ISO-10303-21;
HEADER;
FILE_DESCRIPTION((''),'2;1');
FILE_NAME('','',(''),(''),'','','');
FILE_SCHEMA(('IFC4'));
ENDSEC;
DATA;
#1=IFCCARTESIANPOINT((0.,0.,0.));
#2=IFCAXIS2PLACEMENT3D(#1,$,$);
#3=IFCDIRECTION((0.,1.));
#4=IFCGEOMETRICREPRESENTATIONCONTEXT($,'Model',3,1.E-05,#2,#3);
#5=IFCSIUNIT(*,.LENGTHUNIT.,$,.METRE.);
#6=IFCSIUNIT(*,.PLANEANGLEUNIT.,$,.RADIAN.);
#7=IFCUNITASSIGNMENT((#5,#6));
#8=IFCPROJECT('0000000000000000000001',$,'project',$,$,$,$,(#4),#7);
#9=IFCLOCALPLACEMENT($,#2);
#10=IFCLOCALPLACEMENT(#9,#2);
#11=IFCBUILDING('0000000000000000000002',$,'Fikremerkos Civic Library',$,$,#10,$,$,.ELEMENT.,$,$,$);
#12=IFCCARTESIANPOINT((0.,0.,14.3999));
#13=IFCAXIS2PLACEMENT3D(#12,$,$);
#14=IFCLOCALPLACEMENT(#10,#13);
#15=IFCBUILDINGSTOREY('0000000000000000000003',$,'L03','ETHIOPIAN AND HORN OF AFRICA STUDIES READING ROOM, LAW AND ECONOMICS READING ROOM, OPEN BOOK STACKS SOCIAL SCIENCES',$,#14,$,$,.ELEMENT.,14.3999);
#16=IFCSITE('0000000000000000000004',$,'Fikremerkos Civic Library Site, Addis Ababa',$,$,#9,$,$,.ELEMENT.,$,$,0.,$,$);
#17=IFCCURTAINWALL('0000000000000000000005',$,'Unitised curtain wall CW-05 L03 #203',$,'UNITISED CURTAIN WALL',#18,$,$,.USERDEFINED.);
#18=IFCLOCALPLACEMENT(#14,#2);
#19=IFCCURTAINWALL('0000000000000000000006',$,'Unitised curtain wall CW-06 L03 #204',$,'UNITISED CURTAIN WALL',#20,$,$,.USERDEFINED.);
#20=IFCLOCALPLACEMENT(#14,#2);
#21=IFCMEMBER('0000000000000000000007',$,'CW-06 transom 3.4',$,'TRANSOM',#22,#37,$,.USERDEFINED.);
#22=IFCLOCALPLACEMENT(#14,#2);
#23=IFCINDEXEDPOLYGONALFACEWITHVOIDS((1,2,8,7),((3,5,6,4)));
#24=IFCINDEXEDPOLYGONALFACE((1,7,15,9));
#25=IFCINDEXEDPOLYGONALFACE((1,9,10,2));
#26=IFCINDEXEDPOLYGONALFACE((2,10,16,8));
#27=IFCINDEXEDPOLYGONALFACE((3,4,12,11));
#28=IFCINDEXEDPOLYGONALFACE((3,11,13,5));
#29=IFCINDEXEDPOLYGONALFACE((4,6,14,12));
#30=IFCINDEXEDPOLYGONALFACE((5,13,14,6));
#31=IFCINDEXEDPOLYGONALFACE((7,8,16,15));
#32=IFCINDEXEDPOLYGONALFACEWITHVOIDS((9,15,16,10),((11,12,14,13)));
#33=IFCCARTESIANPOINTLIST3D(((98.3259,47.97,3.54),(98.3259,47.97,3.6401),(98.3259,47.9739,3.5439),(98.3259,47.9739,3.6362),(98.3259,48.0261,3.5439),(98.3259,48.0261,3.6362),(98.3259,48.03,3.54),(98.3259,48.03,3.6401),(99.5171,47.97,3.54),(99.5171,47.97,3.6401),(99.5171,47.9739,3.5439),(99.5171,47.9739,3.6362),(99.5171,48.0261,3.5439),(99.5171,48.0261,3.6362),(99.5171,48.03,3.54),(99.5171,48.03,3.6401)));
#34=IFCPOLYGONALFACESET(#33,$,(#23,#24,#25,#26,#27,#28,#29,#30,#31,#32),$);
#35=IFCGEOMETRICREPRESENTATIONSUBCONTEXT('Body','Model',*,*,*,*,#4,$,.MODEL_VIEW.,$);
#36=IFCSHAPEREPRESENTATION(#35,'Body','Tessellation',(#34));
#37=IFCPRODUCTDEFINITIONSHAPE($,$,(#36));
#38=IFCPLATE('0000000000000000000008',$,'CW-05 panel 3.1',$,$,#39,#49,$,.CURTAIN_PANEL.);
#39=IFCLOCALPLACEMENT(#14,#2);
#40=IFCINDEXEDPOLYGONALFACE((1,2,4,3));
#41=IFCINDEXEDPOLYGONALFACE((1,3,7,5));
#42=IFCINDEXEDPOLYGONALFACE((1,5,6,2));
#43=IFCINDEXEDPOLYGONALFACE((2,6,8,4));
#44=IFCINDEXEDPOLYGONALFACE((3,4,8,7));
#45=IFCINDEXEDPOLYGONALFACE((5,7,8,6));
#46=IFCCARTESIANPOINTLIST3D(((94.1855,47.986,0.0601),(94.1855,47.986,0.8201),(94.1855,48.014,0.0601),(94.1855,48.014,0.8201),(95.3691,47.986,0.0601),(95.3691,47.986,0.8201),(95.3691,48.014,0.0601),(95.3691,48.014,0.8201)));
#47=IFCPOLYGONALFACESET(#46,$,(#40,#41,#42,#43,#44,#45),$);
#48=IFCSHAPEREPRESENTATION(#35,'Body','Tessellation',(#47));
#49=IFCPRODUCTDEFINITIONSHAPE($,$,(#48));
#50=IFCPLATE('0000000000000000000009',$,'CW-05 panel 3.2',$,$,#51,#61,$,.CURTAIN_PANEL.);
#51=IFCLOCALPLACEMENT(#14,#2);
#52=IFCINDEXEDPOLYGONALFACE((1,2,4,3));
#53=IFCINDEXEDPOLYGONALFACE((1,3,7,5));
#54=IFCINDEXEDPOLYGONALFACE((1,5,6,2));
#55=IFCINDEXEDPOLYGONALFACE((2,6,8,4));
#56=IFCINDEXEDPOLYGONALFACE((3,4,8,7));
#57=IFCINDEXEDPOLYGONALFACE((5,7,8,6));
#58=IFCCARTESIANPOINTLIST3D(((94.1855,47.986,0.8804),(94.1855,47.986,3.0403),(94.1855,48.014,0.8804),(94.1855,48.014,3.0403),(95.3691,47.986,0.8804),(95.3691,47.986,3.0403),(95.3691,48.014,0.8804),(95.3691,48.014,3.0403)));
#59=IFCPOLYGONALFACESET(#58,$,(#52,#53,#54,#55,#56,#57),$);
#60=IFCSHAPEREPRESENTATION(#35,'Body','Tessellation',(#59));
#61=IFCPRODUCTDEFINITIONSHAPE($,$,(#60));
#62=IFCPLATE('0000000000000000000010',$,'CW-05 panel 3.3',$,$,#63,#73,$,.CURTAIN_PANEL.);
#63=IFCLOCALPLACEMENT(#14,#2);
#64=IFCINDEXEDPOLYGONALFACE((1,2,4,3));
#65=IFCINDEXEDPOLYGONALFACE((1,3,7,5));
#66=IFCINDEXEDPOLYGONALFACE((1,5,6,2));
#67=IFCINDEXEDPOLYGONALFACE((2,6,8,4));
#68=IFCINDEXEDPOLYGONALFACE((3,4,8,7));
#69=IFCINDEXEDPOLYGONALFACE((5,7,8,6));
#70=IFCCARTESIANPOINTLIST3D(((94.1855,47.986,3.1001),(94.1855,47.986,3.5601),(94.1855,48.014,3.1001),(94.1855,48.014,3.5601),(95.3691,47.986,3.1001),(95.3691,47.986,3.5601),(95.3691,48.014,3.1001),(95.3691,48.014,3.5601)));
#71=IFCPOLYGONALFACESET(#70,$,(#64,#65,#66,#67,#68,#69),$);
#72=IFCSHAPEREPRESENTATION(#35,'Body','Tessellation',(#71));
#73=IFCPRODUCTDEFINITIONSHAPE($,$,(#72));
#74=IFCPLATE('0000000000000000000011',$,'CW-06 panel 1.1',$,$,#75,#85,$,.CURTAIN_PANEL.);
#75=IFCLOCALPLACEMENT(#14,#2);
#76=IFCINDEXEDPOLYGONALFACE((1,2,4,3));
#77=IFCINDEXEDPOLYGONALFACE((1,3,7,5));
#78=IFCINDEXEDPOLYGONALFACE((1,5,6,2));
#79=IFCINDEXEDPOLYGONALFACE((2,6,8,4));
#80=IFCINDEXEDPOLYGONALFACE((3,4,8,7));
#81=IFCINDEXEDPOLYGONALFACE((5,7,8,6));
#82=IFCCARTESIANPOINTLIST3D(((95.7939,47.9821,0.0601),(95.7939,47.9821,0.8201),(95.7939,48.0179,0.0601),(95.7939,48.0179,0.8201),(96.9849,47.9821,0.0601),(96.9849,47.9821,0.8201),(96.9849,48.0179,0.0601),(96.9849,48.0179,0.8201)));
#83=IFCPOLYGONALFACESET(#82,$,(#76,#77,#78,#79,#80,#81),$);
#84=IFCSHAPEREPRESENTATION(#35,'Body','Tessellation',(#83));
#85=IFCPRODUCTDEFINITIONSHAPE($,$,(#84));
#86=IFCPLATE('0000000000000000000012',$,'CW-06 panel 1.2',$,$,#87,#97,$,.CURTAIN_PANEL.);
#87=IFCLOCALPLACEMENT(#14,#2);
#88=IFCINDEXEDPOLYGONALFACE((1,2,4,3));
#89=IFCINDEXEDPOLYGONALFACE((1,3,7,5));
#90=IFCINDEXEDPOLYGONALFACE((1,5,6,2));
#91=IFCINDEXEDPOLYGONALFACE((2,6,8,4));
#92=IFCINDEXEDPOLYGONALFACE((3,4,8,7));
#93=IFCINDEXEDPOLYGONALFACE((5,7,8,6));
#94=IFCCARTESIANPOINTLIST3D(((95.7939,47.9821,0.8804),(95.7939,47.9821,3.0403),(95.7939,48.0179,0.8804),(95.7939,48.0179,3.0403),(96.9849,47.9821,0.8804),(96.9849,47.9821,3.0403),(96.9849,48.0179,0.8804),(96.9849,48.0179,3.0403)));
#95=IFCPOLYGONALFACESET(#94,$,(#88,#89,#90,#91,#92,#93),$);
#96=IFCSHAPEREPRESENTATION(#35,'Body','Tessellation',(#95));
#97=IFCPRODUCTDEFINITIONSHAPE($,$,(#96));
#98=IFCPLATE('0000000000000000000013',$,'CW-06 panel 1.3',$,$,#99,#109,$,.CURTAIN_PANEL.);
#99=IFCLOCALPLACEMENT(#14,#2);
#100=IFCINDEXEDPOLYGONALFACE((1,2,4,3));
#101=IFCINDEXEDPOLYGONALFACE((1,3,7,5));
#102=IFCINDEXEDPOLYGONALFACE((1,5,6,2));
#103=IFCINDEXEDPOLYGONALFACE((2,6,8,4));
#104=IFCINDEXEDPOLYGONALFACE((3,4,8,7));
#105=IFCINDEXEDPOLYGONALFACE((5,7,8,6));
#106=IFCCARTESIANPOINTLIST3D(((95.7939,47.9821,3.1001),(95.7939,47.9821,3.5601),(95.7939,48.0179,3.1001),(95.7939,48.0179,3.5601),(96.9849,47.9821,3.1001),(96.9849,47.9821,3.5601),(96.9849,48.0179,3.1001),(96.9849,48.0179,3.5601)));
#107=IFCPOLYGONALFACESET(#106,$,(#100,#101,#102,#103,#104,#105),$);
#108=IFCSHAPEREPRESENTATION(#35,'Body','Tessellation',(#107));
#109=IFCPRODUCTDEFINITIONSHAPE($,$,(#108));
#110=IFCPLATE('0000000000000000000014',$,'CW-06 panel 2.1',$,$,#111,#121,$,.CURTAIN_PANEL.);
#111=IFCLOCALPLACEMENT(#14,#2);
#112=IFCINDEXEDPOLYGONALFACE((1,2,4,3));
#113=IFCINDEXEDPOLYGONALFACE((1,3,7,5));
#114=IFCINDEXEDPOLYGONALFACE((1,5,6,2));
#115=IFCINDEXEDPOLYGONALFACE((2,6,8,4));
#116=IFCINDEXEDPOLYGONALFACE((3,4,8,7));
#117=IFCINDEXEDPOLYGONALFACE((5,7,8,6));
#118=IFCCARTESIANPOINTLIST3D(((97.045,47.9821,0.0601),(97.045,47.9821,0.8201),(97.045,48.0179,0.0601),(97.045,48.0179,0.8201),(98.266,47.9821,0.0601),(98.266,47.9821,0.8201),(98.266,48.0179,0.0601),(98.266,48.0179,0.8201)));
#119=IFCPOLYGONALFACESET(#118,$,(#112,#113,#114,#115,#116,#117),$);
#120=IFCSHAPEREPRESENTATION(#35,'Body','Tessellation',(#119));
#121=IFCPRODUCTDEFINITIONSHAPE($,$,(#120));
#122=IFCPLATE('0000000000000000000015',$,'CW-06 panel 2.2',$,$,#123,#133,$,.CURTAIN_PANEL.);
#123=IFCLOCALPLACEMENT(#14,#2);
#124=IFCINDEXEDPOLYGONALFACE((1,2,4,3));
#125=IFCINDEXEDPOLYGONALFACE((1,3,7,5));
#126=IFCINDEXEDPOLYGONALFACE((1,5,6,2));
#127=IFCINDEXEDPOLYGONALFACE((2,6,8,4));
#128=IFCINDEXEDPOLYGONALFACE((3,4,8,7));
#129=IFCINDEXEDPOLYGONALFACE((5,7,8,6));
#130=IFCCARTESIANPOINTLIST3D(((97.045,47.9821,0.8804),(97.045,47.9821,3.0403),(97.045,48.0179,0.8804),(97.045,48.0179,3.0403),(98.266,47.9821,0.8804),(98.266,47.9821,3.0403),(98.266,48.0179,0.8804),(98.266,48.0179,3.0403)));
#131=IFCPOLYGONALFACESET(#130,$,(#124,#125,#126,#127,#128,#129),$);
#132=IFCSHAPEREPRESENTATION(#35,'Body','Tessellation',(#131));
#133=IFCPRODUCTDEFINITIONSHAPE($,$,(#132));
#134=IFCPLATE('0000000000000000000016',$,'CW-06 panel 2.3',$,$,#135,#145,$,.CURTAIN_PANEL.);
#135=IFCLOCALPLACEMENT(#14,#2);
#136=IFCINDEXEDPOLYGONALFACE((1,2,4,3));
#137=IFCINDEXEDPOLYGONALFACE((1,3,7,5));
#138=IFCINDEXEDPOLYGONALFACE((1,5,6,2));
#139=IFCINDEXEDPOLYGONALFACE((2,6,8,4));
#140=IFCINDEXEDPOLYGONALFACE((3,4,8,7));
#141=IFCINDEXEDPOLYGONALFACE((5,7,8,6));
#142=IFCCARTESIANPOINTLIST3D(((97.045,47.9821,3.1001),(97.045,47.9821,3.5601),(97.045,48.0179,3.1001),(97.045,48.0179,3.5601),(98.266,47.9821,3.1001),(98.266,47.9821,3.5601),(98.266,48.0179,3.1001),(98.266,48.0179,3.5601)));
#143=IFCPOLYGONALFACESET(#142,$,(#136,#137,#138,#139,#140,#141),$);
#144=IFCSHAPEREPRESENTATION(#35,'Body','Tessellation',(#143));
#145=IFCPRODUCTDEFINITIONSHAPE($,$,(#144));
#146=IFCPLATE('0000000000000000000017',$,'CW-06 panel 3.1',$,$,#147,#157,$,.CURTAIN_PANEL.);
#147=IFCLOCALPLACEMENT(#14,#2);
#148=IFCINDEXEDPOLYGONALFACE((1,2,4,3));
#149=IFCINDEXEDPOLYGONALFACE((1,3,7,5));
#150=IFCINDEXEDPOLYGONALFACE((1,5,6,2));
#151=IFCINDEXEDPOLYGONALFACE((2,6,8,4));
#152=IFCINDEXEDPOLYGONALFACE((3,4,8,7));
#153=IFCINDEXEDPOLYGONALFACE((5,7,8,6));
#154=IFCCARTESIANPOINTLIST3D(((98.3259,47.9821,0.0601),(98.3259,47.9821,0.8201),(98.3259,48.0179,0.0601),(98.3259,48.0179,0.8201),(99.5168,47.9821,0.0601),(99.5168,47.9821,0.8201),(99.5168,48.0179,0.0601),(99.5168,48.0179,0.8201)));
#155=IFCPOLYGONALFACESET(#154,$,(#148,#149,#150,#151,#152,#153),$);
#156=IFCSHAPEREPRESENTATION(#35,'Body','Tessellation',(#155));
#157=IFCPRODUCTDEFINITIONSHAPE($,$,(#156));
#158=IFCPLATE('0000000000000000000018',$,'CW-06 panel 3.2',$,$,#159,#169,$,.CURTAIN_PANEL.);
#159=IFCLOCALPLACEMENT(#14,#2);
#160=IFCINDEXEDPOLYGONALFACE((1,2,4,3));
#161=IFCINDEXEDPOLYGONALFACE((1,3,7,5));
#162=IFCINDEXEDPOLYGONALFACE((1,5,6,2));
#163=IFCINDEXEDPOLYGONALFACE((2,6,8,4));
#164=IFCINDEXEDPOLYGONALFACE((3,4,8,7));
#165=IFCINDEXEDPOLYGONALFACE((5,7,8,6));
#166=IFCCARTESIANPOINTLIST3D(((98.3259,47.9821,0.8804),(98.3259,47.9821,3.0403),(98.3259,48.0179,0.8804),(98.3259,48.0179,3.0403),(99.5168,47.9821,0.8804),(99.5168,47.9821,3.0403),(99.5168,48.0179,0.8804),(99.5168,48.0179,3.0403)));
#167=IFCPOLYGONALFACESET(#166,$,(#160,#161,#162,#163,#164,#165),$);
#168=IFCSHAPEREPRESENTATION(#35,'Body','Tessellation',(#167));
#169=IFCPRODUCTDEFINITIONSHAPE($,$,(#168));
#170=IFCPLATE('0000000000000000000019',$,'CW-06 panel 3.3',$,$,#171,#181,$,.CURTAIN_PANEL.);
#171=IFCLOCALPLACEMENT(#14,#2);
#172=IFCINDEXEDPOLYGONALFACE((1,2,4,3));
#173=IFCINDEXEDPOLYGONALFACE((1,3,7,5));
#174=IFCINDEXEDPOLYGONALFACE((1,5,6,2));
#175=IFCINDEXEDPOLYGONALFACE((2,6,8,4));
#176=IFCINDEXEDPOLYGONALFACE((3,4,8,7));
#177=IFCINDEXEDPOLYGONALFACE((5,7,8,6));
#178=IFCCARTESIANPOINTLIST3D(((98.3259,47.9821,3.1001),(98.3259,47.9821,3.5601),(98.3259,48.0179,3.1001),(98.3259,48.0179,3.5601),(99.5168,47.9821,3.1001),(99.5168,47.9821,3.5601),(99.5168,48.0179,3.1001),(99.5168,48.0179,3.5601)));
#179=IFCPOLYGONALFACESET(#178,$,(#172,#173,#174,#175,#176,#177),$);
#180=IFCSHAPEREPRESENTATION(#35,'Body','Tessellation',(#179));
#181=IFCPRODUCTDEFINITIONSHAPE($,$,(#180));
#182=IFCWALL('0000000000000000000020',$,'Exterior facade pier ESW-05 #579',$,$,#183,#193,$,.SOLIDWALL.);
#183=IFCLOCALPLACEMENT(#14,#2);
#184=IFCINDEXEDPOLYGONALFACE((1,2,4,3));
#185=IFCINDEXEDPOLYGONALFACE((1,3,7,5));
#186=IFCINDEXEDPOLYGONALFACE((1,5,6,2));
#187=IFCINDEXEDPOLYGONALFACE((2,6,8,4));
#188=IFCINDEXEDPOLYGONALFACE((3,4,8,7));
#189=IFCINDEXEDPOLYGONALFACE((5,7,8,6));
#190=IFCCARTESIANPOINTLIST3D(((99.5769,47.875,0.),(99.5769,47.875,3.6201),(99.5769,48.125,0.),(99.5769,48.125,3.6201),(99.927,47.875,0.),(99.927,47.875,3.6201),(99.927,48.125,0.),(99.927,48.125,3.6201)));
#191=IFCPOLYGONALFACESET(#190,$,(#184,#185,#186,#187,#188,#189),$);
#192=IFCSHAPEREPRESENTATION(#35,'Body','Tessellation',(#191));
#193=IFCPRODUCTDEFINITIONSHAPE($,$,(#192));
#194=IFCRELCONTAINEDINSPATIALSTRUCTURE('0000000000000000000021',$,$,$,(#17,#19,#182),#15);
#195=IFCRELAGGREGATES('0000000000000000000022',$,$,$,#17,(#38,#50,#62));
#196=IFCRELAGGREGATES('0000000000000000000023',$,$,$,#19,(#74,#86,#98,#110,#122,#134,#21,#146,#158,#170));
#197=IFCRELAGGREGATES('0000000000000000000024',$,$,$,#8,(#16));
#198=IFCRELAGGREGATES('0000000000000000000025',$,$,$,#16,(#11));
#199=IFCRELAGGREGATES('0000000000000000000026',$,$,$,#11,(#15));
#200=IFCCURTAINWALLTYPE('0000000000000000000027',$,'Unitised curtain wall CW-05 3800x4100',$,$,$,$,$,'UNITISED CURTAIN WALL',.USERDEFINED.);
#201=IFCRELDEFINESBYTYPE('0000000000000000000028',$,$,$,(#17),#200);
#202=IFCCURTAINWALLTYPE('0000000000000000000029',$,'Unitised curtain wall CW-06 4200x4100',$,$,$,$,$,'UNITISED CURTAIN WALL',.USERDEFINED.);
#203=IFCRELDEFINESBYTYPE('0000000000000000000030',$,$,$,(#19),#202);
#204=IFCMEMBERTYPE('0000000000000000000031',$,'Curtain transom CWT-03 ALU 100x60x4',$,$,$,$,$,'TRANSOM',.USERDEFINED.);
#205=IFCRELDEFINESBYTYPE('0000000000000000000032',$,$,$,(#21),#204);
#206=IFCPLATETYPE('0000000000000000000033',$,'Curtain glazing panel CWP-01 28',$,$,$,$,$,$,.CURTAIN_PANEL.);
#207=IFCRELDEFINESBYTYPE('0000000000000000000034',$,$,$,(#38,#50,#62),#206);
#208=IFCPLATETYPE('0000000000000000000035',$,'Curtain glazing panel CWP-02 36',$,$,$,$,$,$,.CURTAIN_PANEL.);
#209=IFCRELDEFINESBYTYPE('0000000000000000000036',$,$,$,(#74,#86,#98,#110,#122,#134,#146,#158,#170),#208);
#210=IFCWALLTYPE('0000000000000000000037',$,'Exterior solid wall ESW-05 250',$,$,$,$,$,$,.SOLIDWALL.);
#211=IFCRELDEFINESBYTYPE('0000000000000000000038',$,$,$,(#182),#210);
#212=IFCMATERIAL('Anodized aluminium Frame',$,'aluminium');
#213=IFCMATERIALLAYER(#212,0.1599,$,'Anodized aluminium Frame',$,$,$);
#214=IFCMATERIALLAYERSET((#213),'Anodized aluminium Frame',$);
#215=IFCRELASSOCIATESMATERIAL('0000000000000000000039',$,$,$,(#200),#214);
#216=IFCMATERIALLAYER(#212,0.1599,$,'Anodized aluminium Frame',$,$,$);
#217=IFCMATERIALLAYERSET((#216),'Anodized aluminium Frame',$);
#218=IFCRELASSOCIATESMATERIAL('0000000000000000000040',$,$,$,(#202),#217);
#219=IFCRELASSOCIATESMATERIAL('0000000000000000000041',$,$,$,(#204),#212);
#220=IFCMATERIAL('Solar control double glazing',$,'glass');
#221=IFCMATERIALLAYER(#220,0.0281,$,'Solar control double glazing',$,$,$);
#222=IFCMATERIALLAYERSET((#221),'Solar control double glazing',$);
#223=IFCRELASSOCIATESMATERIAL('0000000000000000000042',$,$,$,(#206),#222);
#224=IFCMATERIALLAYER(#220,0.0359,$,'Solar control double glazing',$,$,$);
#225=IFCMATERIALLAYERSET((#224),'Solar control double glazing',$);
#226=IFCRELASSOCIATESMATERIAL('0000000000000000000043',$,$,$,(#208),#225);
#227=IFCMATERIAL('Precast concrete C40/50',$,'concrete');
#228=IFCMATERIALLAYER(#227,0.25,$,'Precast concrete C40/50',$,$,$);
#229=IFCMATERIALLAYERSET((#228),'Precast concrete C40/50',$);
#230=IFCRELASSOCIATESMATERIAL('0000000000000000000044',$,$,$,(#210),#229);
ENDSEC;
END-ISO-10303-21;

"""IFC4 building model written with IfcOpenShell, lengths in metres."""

from ifc_helpers import new_model, si_unit, direction, frame, frame_2d, origin, origin_2d, place, context, subcontext, project, spatial, rectangle, hollow_rectangle, extrude, material, layer, layer_set, material_profile, profile_set, type_object, element, aggregate, save


model = new_model("IFC4")

# Units and contexts
model_context = context("Model", 3, precision=1e-05, world=origin(), true_north=direction((0.0, 1.0)))
body_context = subcontext(model_context, "Body", "Model", "MODEL_VIEW")
ifc_project = project(units=[si_unit("LENGTHUNIT", "METRE"), si_unit("PLANEANGLEUNIT", "RADIAN")], contexts=[model_context])

# Site, building, storey
site_placement = place(None, origin())
site = spatial("IfcSite", under=ifc_project, at=site_placement, Name="Fikremerkos Civic Library Site, Addis Ababa", CompositionType="ELEMENT", RefElevation=0.0)
building_placement = place(site_placement, origin())
building = spatial("IfcBuilding", under=site, at=building_placement, Name="Fikremerkos Civic Library", CompositionType="ELEMENT")
storey_placement = place(building_placement, frame((0.0, 0.0, 14.3999)))
storey = spatial("IfcBuildingStorey", under=building, at=storey_placement, Name="L03", Description="ETHIOPIAN AND HORN OF AFRICA STUDIES READING ROOM, LAW AND ECONOMICS READING ROOM, OPEN BOOK STACKS SOCIAL SCIENCES", CompositionType="ELEMENT", Elevation=14.3999)

# Curtain walls
ifc_material_1 = material(Name="Anodized aluminium Frame", Category="aluminium")
ifc_layer_1 = layer(ifc_material_1, 0.1599, Name="Anodized aluminium Frame")
ifc_layer_set_1 = layer_set([ifc_layer_1], Name="Anodized aluminium Frame")
curtain_wall_type_1 = type_object("IfcCurtainWallType", Name="Unitised curtain wall CW-05 3800x4100", ElementType="UNITISED CURTAIN WALL", PredefinedType="USERDEFINED", material=ifc_layer_set_1)
curtain_wall_1_placement = place(storey_placement, origin())
curtain_wall_1 = element("IfcCurtainWall", 1, at=curtain_wall_1_placement, inside=storey, type_object=curtain_wall_type_1, Name="Unitised curtain wall CW-05 L03 #203", ObjectType="UNITISED CURTAIN WALL", PredefinedType="USERDEFINED")
ifc_layer_2 = layer(ifc_material_1, 0.1599, Name="Anodized aluminium Frame")
ifc_layer_set_2 = layer_set([ifc_layer_2], Name="Anodized aluminium Frame")
curtain_wall_type_2 = type_object("IfcCurtainWallType", Name="Unitised curtain wall CW-06 4200x4100", ElementType="UNITISED CURTAIN WALL", PredefinedType="USERDEFINED", material=ifc_layer_set_2)
curtain_wall_2_placement = place(storey_placement, origin())
curtain_wall_2 = element("IfcCurtainWall", 2, at=curtain_wall_2_placement, inside=storey, type_object=curtain_wall_type_2, Name="Unitised curtain wall CW-06 L03 #204", ObjectType="UNITISED CURTAIN WALL", PredefinedType="USERDEFINED")

# Member
ifc_material_profile_1 = material_profile(ifc_material_1, hollow_rectangle(XDim=0.0601, YDim=0.1001, WallThickness=0.0039, at=origin_2d()), Name="ALU 100x60x4")
ifc_profile_set_1 = profile_set([ifc_material_profile_1], Name="Anodized aluminium Frame")
member_type_1 = type_object("IfcMemberType", Name="Curtain transom CWT-03 ALU 100x60x4", ElementType="TRANSOM", PredefinedType="USERDEFINED", material=ifc_profile_set_1)
member_1_placement = place(storey_placement, frame((98.3259, 48.0, 3.5901), z_axis=(1.0, 0.0, 0.0), x_axis=(0.0, 1.0, 0.0)))
member_1 = element("IfcMember", 3, at=member_1_placement, type_object=member_type_1, Name="CW-06 transom 3.4", ObjectType="TRANSOM", PredefinedType="USERDEFINED", context=body_context, shape_type="SweptSolid", body=[
    extrude(hollow_rectangle(XDim=0.0601, YDim=0.1001, WallThickness=0.0039, at=origin_2d()), origin(), (0.0, 0.0, 1.0), 1.1912),
])

# Plates
ifc_material_2 = material(Name="Solar control double glazing", Category="glass")
ifc_layer_3 = layer(ifc_material_2, 0.0281, Name="Solar control double glazing")
ifc_layer_set_3 = layer_set([ifc_layer_3], Name="Solar control double glazing")
plate_type_1 = type_object("IfcPlateType", Name="Curtain glazing panel CWP-01 28", PredefinedType="CURTAIN_PANEL", material=ifc_layer_set_3)
plate_1_placement = place(storey_placement, frame((94.7773, 48.0, 0.0601), z_axis=(0.0, 0.0, 1.0), x_axis=(1.0, 0.0, 0.0)))
plate_1 = element("IfcPlate", 4, at=plate_1_placement, type_object=plate_type_1, Name="CW-05 panel 3.1", PredefinedType="CURTAIN_PANEL", context=body_context, shape_type="SweptSolid", body=[
    extrude(rectangle(XDim=1.1836, YDim=0.0281, at=origin_2d()), origin(), (0.0, 0.0, 1.0), 0.76),
])
plate_2_placement = place(storey_placement, frame((94.7773, 48.0, 0.8804), z_axis=(0.0, 0.0, 1.0), x_axis=(1.0, 0.0, 0.0)))
plate_2 = element("IfcPlate", 5, at=plate_2_placement, type_object=plate_type_1, Name="CW-05 panel 3.2", PredefinedType="CURTAIN_PANEL", context=body_context, shape_type="SweptSolid", body=[
    extrude(rectangle(XDim=1.1836, YDim=0.0281, at=origin_2d()), origin(), (0.0, 0.0, 1.0), 2.1599),
])
plate_3_placement = place(storey_placement, frame((94.7773, 48.0, 3.1001), z_axis=(0.0, 0.0, 1.0), x_axis=(1.0, 0.0, 0.0)))
plate_3 = element("IfcPlate", 6, at=plate_3_placement, type_object=plate_type_1, Name="CW-05 panel 3.3", PredefinedType="CURTAIN_PANEL", context=body_context, shape_type="SweptSolid", body=[
    extrude(rectangle(XDim=1.1836, YDim=0.0281, at=origin_2d()), origin(), (0.0, 0.0, 1.0), 0.46),
])
aggregate(curtain_wall_1, [plate_1, plate_2, plate_3])
ifc_layer_4 = layer(ifc_material_2, 0.0359, Name="Solar control double glazing")
ifc_layer_set_4 = layer_set([ifc_layer_4], Name="Solar control double glazing")
plate_type_2 = type_object("IfcPlateType", Name="Curtain glazing panel CWP-02 36", PredefinedType="CURTAIN_PANEL", material=ifc_layer_set_4)
plate_4_placement = place(storey_placement, frame((96.3894, 48.0, 0.0601), z_axis=(0.0, 0.0, 1.0), x_axis=(1.0, 0.0, 0.0)))
plate_4 = element("IfcPlate", 7, at=plate_4_placement, type_object=plate_type_2, Name="CW-06 panel 1.1", PredefinedType="CURTAIN_PANEL", context=body_context, shape_type="SweptSolid", body=[
    extrude(rectangle(XDim=1.1909, YDim=0.0359, at=origin_2d()), origin(), (0.0, 0.0, 1.0), 0.76),
])
plate_5_placement = place(storey_placement, frame((96.3894, 48.0, 0.8804), z_axis=(0.0, 0.0, 1.0), x_axis=(1.0, 0.0, 0.0)))
plate_5 = element("IfcPlate", 8, at=plate_5_placement, type_object=plate_type_2, Name="CW-06 panel 1.2", PredefinedType="CURTAIN_PANEL", context=body_context, shape_type="SweptSolid", body=[
    extrude(rectangle(XDim=1.1909, YDim=0.0359, at=origin_2d()), origin(), (0.0, 0.0, 1.0), 2.1599),
])
plate_6_placement = place(storey_placement, frame((96.3894, 48.0, 3.1001), z_axis=(0.0, 0.0, 1.0), x_axis=(1.0, 0.0, 0.0)))
plate_6 = element("IfcPlate", 9, at=plate_6_placement, type_object=plate_type_2, Name="CW-06 panel 1.3", PredefinedType="CURTAIN_PANEL", context=body_context, shape_type="SweptSolid", body=[
    extrude(rectangle(XDim=1.1909, YDim=0.0359, at=origin_2d()), origin(), (0.0, 0.0, 1.0), 0.46),
])
plate_7_placement = place(storey_placement, frame((97.6555, 48.0, 0.0601), z_axis=(0.0, 0.0, 1.0), x_axis=(1.0, 0.0, 0.0)))
plate_7 = element("IfcPlate", 10, at=plate_7_placement, type_object=plate_type_2, Name="CW-06 panel 2.1", PredefinedType="CURTAIN_PANEL", context=body_context, shape_type="SweptSolid", body=[
    extrude(rectangle(XDim=1.2209, YDim=0.0359, at=origin_2d()), origin(), (0.0, 0.0, 1.0), 0.76),
])
plate_8_placement = place(storey_placement, frame((97.6555, 48.0, 0.8804), z_axis=(0.0, 0.0, 1.0), x_axis=(1.0, 0.0, 0.0)))
plate_8 = element("IfcPlate", 11, at=plate_8_placement, type_object=plate_type_2, Name="CW-06 panel 2.2", PredefinedType="CURTAIN_PANEL", context=body_context, shape_type="SweptSolid", body=[
    extrude(rectangle(XDim=1.2209, YDim=0.0359, at=origin_2d()), origin(), (0.0, 0.0, 1.0), 2.1599),
])
plate_9_placement = place(storey_placement, frame((97.6555, 48.0, 3.1001), z_axis=(0.0, 0.0, 1.0), x_axis=(1.0, 0.0, 0.0)))
plate_9 = element("IfcPlate", 12, at=plate_9_placement, type_object=plate_type_2, Name="CW-06 panel 2.3", PredefinedType="CURTAIN_PANEL", context=body_context, shape_type="SweptSolid", body=[
    extrude(rectangle(XDim=1.2209, YDim=0.0359, at=origin_2d()), origin(), (0.0, 0.0, 1.0), 0.46),
])
plate_10_placement = place(storey_placement, frame((98.9214, 48.0, 0.0601), z_axis=(0.0, 0.0, 1.0), x_axis=(1.0, 0.0, 0.0)))
plate_10 = element("IfcPlate", 13, at=plate_10_placement, type_object=plate_type_2, Name="CW-06 panel 3.1", PredefinedType="CURTAIN_PANEL", context=body_context, shape_type="SweptSolid", body=[
    extrude(rectangle(XDim=1.1909, YDim=0.0359, at=origin_2d()), origin(), (0.0, 0.0, 1.0), 0.76),
])
plate_11_placement = place(storey_placement, frame((98.9214, 48.0, 0.8804), z_axis=(0.0, 0.0, 1.0), x_axis=(1.0, 0.0, 0.0)))
plate_11 = element("IfcPlate", 14, at=plate_11_placement, type_object=plate_type_2, Name="CW-06 panel 3.2", PredefinedType="CURTAIN_PANEL", context=body_context, shape_type="SweptSolid", body=[
    extrude(rectangle(XDim=1.1909, YDim=0.0359, at=origin_2d()), origin(), (0.0, 0.0, 1.0), 2.1599),
])
plate_12_placement = place(storey_placement, frame((98.9214, 48.0, 3.1001), z_axis=(0.0, 0.0, 1.0), x_axis=(1.0, 0.0, 0.0)))
plate_12 = element("IfcPlate", 15, at=plate_12_placement, type_object=plate_type_2, Name="CW-06 panel 3.3", PredefinedType="CURTAIN_PANEL", context=body_context, shape_type="SweptSolid", body=[
    extrude(rectangle(XDim=1.1909, YDim=0.0359, at=origin_2d()), origin(), (0.0, 0.0, 1.0), 0.46),
])
aggregate(curtain_wall_2, [plate_4, plate_5, plate_6, plate_7, plate_8, plate_9, member_1, plate_10, plate_11, plate_12])

# Wall
ifc_material_3 = material(Name="Precast concrete C40/50", Category="concrete")
ifc_layer_5 = layer(ifc_material_3, 0.25, Name="Precast concrete C40/50")
ifc_layer_set_5 = layer_set([ifc_layer_5], Name="Precast concrete C40/50")
wall_type = type_object("IfcWallType", Name="Exterior solid wall ESW-05 250", PredefinedType="SOLIDWALL", material=ifc_layer_set_5)
wall_1_placement = place(storey_placement, frame((99.5769, 48.0, 0.0), z_axis=(0.0, 0.0, 1.0), x_axis=(1.0, 0.0, 0.0)))
element("IfcWall", 16, at=wall_1_placement, inside=storey, type_object=wall_type, Name="Exterior facade pier ESW-05 #579", PredefinedType="SOLIDWALL", context=body_context, shape_type="SweptSolid", body=[
    extrude(rectangle(XDim=0.3501, YDim=0.25, at=frame_2d((0.175, 0.0))), origin(), (0.0, 0.0, 1.0), 3.6201),
])

save(model, "model.ifc")
